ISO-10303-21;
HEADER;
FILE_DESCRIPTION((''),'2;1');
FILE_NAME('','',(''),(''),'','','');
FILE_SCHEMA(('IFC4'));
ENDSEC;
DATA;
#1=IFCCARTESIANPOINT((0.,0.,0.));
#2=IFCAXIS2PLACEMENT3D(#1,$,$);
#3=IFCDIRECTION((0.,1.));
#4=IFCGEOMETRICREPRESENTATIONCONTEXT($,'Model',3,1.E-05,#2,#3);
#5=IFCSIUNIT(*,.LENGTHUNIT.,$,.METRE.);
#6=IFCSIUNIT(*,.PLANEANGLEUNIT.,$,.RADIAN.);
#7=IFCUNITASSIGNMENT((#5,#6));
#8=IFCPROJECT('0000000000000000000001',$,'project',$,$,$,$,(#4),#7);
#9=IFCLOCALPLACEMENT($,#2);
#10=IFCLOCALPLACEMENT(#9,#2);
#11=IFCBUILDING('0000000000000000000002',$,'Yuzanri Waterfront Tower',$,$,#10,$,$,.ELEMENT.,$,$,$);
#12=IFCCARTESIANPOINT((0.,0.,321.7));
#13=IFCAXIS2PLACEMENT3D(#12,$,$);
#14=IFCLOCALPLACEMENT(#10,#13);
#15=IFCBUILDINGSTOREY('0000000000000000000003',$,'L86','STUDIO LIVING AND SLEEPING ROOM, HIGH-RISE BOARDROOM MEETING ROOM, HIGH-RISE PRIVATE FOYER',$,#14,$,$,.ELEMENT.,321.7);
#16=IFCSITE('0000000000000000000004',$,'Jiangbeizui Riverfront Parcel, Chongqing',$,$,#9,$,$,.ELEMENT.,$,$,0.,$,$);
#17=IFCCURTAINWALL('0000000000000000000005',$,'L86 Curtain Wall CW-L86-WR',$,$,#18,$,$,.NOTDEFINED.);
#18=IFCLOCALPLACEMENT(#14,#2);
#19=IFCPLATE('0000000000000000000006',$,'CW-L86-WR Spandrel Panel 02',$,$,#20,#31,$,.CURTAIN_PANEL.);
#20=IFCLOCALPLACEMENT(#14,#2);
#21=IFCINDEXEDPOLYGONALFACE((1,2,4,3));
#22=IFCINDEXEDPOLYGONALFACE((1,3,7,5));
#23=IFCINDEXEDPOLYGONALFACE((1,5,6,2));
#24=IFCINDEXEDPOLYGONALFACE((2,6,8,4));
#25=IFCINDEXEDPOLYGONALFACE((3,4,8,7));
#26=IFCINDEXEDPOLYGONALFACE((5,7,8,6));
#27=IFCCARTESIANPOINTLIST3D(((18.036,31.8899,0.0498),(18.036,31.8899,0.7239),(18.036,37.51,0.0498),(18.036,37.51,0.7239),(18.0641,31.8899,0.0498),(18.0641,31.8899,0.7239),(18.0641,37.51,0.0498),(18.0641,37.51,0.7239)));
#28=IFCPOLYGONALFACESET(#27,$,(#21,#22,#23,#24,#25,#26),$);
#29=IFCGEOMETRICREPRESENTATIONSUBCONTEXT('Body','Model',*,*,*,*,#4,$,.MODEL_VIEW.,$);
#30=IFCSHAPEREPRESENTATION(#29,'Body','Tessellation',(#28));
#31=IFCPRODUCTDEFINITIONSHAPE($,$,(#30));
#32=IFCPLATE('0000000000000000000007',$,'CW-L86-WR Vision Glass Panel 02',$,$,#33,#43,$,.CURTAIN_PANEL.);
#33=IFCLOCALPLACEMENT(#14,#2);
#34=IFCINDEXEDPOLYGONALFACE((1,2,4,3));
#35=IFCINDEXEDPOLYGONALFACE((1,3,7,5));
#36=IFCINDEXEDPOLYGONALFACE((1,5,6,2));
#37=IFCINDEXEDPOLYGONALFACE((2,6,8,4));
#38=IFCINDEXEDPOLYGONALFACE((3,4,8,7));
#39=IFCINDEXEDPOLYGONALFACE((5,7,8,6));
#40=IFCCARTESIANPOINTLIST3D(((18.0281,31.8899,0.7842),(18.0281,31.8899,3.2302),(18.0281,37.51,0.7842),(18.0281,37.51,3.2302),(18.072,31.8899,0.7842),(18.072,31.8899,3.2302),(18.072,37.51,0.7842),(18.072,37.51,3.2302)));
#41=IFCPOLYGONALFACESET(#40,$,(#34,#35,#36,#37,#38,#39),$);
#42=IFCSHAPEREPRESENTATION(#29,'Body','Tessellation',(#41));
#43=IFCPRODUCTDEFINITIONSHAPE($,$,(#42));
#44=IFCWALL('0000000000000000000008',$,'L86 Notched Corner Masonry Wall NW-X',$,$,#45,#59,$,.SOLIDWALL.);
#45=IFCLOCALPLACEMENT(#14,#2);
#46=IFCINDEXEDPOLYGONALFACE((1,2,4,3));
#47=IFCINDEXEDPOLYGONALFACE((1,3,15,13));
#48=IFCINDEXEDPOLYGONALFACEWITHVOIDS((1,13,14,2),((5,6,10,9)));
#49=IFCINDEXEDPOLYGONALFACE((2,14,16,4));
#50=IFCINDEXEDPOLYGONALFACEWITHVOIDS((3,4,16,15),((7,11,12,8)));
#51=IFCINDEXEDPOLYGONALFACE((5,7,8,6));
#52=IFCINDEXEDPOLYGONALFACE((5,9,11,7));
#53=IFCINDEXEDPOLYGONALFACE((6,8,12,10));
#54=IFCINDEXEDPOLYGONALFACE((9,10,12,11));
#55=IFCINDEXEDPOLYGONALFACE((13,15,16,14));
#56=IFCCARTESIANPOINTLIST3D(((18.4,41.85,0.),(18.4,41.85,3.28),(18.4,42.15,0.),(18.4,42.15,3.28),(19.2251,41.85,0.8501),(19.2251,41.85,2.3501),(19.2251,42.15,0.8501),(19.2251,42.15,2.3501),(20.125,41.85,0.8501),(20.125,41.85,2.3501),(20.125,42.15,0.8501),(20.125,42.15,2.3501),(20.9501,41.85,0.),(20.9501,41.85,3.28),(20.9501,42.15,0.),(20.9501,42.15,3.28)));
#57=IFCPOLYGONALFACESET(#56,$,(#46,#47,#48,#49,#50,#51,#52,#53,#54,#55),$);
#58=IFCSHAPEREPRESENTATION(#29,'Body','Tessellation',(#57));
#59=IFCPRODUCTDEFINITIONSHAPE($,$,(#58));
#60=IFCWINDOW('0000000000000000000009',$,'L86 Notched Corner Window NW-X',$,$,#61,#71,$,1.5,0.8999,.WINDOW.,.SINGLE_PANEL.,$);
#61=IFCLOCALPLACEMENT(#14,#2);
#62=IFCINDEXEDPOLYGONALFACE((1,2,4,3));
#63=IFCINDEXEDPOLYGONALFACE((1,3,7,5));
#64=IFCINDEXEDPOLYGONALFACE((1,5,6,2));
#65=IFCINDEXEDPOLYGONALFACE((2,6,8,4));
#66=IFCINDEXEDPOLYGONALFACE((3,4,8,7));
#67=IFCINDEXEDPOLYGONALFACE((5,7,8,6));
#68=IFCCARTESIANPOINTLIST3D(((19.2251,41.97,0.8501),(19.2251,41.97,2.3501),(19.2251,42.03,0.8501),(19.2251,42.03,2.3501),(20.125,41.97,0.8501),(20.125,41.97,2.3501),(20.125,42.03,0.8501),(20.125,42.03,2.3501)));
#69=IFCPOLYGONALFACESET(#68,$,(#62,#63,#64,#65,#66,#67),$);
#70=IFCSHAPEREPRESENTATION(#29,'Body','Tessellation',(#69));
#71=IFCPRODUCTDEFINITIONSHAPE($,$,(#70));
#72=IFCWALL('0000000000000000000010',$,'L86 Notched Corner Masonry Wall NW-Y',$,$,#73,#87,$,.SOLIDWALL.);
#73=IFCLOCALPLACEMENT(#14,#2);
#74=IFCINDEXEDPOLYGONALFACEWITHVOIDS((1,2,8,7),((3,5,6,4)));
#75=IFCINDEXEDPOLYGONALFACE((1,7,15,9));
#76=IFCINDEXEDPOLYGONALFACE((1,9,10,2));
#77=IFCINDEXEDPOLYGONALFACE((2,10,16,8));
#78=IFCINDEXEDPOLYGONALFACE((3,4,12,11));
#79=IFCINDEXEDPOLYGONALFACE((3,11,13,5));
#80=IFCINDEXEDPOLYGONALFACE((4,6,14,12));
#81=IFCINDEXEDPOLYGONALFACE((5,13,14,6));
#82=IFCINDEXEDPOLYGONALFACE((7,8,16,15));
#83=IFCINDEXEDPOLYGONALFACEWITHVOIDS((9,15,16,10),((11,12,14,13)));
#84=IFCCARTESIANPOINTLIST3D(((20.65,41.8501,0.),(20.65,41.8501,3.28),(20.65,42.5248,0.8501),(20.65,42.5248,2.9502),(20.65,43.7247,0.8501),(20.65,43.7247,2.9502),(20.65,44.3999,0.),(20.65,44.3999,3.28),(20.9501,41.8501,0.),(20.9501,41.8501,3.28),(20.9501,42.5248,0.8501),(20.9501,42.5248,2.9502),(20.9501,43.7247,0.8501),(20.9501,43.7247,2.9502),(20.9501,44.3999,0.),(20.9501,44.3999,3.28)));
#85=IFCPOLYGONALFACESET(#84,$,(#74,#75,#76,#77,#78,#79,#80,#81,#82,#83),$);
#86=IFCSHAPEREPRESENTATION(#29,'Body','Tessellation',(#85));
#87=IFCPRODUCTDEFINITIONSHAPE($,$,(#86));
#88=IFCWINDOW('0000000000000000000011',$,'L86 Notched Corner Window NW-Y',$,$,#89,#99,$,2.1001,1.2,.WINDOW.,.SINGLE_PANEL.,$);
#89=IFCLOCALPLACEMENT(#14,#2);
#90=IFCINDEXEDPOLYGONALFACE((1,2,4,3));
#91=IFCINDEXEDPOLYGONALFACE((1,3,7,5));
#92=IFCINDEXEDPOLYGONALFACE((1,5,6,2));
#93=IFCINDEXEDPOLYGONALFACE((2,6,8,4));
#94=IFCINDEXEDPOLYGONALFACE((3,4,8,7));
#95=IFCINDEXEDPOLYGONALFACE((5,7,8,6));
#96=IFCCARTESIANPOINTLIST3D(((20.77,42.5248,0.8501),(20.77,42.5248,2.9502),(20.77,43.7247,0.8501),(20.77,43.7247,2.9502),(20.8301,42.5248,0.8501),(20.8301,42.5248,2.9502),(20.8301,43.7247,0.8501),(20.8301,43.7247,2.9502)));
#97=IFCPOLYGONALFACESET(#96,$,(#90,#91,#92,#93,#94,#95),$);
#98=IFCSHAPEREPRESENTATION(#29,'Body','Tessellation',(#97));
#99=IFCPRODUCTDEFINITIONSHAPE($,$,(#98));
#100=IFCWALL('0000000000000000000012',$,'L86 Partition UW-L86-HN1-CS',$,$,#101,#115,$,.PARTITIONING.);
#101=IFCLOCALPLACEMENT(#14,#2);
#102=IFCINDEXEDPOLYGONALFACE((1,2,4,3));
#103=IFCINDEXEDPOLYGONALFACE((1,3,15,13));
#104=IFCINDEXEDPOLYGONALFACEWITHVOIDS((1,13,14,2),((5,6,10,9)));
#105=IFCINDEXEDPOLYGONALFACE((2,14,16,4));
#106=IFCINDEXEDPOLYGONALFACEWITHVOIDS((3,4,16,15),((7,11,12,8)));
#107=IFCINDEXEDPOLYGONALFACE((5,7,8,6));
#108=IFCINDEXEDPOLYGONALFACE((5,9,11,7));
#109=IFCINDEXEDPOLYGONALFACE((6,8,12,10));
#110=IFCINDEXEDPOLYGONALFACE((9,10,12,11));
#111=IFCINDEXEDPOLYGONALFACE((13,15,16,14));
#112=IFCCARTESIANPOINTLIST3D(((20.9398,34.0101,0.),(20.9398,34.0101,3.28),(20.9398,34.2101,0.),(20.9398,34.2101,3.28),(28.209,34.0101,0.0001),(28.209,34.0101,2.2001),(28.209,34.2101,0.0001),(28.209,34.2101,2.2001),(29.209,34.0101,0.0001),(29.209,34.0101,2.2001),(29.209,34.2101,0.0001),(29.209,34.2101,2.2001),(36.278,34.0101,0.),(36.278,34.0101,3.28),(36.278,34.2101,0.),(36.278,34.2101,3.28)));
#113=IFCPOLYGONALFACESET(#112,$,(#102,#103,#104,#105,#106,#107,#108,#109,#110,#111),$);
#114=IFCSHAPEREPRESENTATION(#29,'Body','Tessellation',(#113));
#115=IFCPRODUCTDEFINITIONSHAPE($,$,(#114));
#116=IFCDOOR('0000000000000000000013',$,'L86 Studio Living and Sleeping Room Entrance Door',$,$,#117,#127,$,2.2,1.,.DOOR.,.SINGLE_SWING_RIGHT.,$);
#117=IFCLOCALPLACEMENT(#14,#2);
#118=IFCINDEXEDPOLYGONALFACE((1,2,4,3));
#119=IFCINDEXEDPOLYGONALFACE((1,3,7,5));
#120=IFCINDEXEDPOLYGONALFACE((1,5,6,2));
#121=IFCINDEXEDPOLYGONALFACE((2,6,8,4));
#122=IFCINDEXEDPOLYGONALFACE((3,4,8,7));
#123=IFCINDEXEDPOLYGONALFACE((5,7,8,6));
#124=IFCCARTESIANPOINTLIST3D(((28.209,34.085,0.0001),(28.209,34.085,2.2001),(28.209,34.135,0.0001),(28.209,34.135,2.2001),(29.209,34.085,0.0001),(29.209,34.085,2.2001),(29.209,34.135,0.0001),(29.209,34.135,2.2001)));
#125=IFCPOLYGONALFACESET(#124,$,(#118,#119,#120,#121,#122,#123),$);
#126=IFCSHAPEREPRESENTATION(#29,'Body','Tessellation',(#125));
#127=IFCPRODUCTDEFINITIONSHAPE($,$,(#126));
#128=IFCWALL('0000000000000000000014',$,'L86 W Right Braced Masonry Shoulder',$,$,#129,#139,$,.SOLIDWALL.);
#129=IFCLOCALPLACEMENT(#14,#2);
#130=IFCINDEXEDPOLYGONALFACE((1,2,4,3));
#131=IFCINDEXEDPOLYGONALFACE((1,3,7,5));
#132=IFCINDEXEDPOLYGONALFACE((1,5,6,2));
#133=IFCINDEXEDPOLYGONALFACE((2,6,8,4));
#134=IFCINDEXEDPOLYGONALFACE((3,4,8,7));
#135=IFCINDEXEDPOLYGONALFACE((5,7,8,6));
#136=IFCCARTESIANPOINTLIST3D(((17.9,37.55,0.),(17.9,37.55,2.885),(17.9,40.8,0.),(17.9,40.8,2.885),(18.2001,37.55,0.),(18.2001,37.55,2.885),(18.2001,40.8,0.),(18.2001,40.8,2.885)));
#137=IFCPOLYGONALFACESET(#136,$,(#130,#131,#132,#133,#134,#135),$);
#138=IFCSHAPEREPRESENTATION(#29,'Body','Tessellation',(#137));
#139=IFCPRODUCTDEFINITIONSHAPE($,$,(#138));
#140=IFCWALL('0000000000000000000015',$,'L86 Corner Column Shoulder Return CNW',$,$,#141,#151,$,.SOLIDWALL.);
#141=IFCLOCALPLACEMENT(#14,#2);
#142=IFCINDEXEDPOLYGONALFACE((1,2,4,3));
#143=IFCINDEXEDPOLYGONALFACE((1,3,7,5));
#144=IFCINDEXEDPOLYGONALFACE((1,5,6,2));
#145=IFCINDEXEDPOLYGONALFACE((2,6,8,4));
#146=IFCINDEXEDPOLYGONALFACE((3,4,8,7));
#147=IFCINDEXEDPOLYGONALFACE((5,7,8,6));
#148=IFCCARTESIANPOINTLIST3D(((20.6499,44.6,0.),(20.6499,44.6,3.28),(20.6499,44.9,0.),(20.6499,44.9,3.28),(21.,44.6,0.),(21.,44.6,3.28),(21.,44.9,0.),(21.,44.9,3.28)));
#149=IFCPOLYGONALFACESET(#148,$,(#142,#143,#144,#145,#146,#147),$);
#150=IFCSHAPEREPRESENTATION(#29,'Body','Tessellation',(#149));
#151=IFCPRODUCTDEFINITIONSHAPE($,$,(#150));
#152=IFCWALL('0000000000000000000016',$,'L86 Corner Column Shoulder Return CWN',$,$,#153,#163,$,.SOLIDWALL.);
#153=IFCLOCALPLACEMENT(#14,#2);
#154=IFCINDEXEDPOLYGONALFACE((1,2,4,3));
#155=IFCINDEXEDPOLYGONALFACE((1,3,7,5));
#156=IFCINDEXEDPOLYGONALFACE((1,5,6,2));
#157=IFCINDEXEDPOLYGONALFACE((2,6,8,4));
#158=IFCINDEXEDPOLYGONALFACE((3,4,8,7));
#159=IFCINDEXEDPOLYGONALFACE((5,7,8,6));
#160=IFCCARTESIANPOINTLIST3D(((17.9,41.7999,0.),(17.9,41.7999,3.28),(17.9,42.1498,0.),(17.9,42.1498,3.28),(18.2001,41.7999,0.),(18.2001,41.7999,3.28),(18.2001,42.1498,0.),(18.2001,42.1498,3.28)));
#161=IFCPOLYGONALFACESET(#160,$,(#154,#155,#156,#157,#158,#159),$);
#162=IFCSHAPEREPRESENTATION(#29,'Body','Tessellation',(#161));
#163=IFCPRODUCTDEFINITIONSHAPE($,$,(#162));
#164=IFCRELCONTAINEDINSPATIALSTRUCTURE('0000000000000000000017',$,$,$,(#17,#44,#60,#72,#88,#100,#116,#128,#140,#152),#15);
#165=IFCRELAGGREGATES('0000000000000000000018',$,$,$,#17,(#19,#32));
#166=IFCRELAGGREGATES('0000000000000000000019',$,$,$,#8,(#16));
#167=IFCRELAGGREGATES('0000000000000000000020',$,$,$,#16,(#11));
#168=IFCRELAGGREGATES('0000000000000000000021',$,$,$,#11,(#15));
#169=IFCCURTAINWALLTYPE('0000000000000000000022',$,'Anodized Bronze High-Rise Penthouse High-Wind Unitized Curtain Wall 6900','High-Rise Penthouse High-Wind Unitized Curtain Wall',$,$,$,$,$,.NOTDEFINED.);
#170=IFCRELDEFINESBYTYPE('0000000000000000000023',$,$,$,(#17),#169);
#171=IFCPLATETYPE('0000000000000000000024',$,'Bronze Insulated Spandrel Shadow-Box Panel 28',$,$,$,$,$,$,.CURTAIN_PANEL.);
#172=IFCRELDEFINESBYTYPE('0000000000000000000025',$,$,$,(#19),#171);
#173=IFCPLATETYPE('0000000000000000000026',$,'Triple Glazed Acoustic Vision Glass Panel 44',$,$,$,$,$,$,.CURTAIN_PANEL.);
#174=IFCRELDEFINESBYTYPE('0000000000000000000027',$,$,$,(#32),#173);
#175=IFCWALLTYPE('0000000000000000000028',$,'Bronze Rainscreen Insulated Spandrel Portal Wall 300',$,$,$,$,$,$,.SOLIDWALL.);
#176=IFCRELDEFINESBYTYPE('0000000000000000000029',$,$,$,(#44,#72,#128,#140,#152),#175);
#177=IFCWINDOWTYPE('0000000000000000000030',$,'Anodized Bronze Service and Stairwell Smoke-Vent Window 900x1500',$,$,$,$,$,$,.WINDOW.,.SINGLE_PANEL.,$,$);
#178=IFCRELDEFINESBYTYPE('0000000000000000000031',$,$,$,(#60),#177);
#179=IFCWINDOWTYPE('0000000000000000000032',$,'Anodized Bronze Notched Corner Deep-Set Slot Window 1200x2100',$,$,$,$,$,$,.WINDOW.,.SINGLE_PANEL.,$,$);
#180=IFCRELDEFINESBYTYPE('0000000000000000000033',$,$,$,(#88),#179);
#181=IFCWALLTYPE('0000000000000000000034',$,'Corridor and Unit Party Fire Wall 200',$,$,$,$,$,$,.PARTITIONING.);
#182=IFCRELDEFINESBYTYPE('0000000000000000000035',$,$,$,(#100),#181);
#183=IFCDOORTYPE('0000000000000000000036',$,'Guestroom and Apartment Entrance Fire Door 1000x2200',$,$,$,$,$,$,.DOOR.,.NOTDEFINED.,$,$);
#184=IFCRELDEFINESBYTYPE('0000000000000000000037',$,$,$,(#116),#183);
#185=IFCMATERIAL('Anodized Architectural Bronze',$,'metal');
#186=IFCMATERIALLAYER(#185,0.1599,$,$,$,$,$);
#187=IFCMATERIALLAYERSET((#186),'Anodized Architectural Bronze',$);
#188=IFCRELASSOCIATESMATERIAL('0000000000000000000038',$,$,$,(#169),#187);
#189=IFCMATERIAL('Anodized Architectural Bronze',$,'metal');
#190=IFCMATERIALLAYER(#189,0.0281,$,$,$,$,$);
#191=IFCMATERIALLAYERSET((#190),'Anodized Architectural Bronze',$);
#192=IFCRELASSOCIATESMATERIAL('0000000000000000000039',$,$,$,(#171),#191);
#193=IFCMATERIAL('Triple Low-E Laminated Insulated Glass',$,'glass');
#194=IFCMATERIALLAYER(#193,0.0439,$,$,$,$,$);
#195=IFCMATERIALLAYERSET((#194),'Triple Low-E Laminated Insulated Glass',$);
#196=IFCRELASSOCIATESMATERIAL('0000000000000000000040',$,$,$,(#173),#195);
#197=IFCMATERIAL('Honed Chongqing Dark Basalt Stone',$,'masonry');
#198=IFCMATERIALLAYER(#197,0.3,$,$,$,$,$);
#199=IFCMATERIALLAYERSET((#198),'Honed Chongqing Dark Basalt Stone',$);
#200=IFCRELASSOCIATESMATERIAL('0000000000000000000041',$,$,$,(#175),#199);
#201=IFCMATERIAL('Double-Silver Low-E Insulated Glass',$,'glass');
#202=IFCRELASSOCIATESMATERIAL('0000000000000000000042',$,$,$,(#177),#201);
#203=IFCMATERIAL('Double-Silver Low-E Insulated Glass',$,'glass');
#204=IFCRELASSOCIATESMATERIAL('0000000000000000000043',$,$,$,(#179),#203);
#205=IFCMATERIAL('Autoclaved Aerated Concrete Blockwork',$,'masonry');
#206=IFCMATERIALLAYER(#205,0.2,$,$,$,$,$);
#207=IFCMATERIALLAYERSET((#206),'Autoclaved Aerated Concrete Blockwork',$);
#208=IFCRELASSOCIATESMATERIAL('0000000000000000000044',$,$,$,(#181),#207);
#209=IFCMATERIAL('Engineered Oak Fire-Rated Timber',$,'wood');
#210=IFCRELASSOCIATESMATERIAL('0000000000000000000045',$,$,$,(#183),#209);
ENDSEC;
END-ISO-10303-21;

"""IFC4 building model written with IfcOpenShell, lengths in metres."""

from ifc_helpers import new_model, si_unit, direction, frame, frame_2d, origin, origin_2d, place, context, subcontext, project, spatial, rectangle, extrude, source, transform, mapped, material, layer, layer_set, type_object, element, fill, aggregate, save


model = new_model("IFC4")

# Units and contexts
model_context = context("Model", 3, precision=1e-05, world=origin(), true_north=direction((0.0, 1.0)))
body_context = subcontext(model_context, "Body", "Model", "MODEL_VIEW")
ifc_project = project(units=[si_unit("LENGTHUNIT", "METRE"), si_unit("PLANEANGLEUNIT", "RADIAN")], contexts=[model_context])

# Site, building, storey
site_placement = place(None, origin())
site = spatial("IfcSite", under=ifc_project, at=site_placement, Name="Jiangbeizui Riverfront Parcel, Chongqing", CompositionType="ELEMENT", RefElevation=0.0)
building_placement = place(site_placement, origin())
building = spatial("IfcBuilding", under=site, at=building_placement, Name="Yuzanri Waterfront Tower", CompositionType="ELEMENT")
storey_placement = place(building_placement, frame((0.0, 0.0, 321.7)))
storey = spatial("IfcBuildingStorey", under=building, at=storey_placement, Name="L86", Description="STUDIO LIVING AND SLEEPING ROOM, HIGH-RISE BOARDROOM MEETING ROOM, HIGH-RISE PRIVATE FOYER", CompositionType="ELEMENT", Elevation=321.7)

# Curtain wall
ifc_material_1 = material(Name="Anodized Architectural Bronze", Category="metal")
ifc_layer_1 = layer(ifc_material_1, 0.1599)
ifc_layer_set_1 = layer_set([ifc_layer_1], Name="Anodized Architectural Bronze")
curtain_wall_type = type_object("IfcCurtainWallType", Name="Anodized Bronze High-Rise Penthouse High-Wind Unitized Curtain Wall 6900", Description="High-Rise Penthouse High-Wind Unitized Curtain Wall", PredefinedType="NOTDEFINED", material=ifc_layer_set_1)
curtain_wall_placement = place(storey_placement, origin())
curtain_wall = element("IfcCurtainWall", 1, at=curtain_wall_placement, inside=storey, type_object=curtain_wall_type, Name="L86 Curtain Wall CW-L86-WR", PredefinedType="NOTDEFINED")

# Plates
ifc_material_2 = material(Name="Anodized Architectural Bronze", Category="metal")
ifc_layer_2 = layer(ifc_material_2, 0.0281)
ifc_layer_set_2 = layer_set([ifc_layer_2], Name="Anodized Architectural Bronze")
plate_type_1 = type_object("IfcPlateType", Name="Bronze Insulated Spandrel Shadow-Box Panel 28", PredefinedType="CURTAIN_PANEL", material=ifc_layer_set_2)
shared_shape_1 = source(origin(), body_context, "Body", "SweptSolid", [
    extrude(rectangle(XDim=5.6201, YDim=0.0281, at=origin_2d()), origin(), (0.0, 0.0, 1.0), 0.6741),
])
plate_1_placement = place(storey_placement, frame((18.05, 34.7, 0.0498), z_axis=(0.0, 0.0, 1.0), x_axis=(0.0, 1.0, 0.0)))
plate_1 = element("IfcPlate", 2, at=plate_1_placement, type_object=plate_type_1, Name="CW-L86-WR Spandrel Panel 02", PredefinedType="CURTAIN_PANEL", context=body_context, shape_type="MappedRepresentation", body=[
    mapped(shared_shape_1, transform((0.0, 0.0, 0.0), scale=1.0)),
])
ifc_material_3 = material(Name="Triple Low-E Laminated Insulated Glass", Category="glass")
ifc_layer_3 = layer(ifc_material_3, 0.0439)
ifc_layer_set_3 = layer_set([ifc_layer_3], Name="Triple Low-E Laminated Insulated Glass")
plate_type_2 = type_object("IfcPlateType", Name="Triple Glazed Acoustic Vision Glass Panel 44", PredefinedType="CURTAIN_PANEL", material=ifc_layer_set_3)
shared_shape_2 = source(origin(), body_context, "Body", "SweptSolid", [
    extrude(rectangle(XDim=5.6201, YDim=0.0439, at=origin_2d()), origin(), (0.0, 0.0, 1.0), 2.446),
])
plate_2_placement = place(storey_placement, frame((18.05, 34.7, 0.7842), z_axis=(0.0, 0.0, 1.0), x_axis=(0.0, 1.0, 0.0)))
plate_2 = element("IfcPlate", 3, at=plate_2_placement, type_object=plate_type_2, Name="CW-L86-WR Vision Glass Panel 02", PredefinedType="CURTAIN_PANEL", context=body_context, shape_type="MappedRepresentation", body=[
    mapped(shared_shape_2, transform((0.0, 0.0, 0.0), scale=1.0)),
])
aggregate(curtain_wall, [plate_1, plate_2])

# Walls, openings, windows
ifc_material_4 = material(Name="Honed Chongqing Dark Basalt Stone", Category="masonry")
ifc_layer_4 = layer(ifc_material_4, 0.3)
ifc_layer_set_4 = layer_set([ifc_layer_4], Name="Honed Chongqing Dark Basalt Stone")
wall_type_1 = type_object("IfcWallType", Name="Bronze Rainscreen Insulated Spandrel Portal Wall 300", PredefinedType="SOLIDWALL", material=ifc_layer_set_4)
wall_1_placement = place(storey_placement, frame((20.95, 42.0, 0.0), z_axis=(0.0, 0.0, 1.0), x_axis=(-1.0, 0.0, 0.0)))
wall_1 = element("IfcWall", 4, at=wall_1_placement, inside=storey, type_object=wall_type_1, Name="L86 Notched Corner Masonry Wall NW-X", PredefinedType="SOLIDWALL", context=body_context, shape_type="SweptSolid", body=[
    extrude(rectangle(XDim=2.55, YDim=0.3, at=frame_2d((1.2749, 0.0))), origin(), (0.0, 0.0, 1.0), 3.28),
])
opening_1_placement = place(wall_1_placement, frame((0.825, 0.0, 0.8501)))
opening_1 = element("IfcOpeningElement", 5, at=opening_1_placement, cuts=wall_1, PredefinedType="OPENING", context=body_context, shape_type="SweptSolid", body=[
    extrude(rectangle(XDim=0.8999, YDim=1.5, at=frame_2d((0.45, 0.75))), frame((0.0, 0.165, 0.0), z_axis=(0.0, -1.0, 0.0), x_axis=(1.0, 0.0, 0.0)), (0.0, 0.0, 1.0), 0.3298),
])
ifc_material_5 = material(Name="Double-Silver Low-E Insulated Glass", Category="glass")
window_type_1 = type_object("IfcWindowType", Name="Anodized Bronze Service and Stairwell Smoke-Vent Window 900x1500", PartitioningType="SINGLE_PANEL", PredefinedType="WINDOW", material=ifc_material_5)
shared_shape_3 = source(origin(), body_context, "Body", "SweptSolid", [
    extrude(rectangle(XDim=0.8999, YDim=1.5, at=frame_2d((0.45, 0.75))), frame((0.0, 0.03, 0.0), z_axis=(0.0, -1.0, 0.0), x_axis=(1.0, 0.0, 0.0)), (0.0, 0.0, 1.0), 0.0601),
])
window_1_placement = place(opening_1_placement, origin())
window_1 = element("IfcWindow", 6, at=window_1_placement, inside=storey, type_object=window_type_1, Name="L86 Notched Corner Window NW-X", OverallHeight=1.5, OverallWidth=0.8999, PartitioningType="SINGLE_PANEL", PredefinedType="WINDOW", context=body_context, shape_type="MappedRepresentation", body=[
    mapped(shared_shape_3, transform((0.0, 0.0, 0.0), scale=1.0)),
])
fill(opening_1, window_1)
wall_2_placement = place(storey_placement, frame((20.8, 44.3999, 0.0), z_axis=(0.0, 0.0, 1.0), x_axis=(0.0, -1.0, 0.0)))
wall_2 = element("IfcWall", 7, at=wall_2_placement, inside=storey, type_object=wall_type_1, Name="L86 Notched Corner Masonry Wall NW-Y", PredefinedType="SOLIDWALL", context=body_context, shape_type="SweptSolid", body=[
    extrude(rectangle(XDim=2.5498, YDim=0.3, at=frame_2d((1.2749, 0.0))), origin(), (0.0, 0.0, 1.0), 3.28),
])
opening_2_placement = place(wall_2_placement, frame((0.675, 0.0, 0.8501)))
opening_2 = element("IfcOpeningElement", 8, at=opening_2_placement, cuts=wall_2, PredefinedType="OPENING", context=body_context, shape_type="SweptSolid", body=[
    extrude(rectangle(XDim=1.2, YDim=2.1001, at=frame_2d((0.6001, 1.05))), frame((0.0, 0.165, 0.0), z_axis=(0.0, -1.0, 0.0), x_axis=(1.0, 0.0, 0.0)), (0.0, 0.0, 1.0), 0.3298),
])
ifc_material_6 = material(Name="Double-Silver Low-E Insulated Glass", Category="glass")
window_type_2 = type_object("IfcWindowType", Name="Anodized Bronze Notched Corner Deep-Set Slot Window 1200x2100", PartitioningType="SINGLE_PANEL", PredefinedType="WINDOW", material=ifc_material_6)
shared_shape_4 = source(origin(), body_context, "Body", "SweptSolid", [
    extrude(rectangle(XDim=1.2, YDim=2.1001, at=frame_2d((0.6001, 1.05))), frame((0.0, 0.03, 0.0), z_axis=(0.0, -1.0, 0.0), x_axis=(1.0, 0.0, 0.0)), (0.0, 0.0, 1.0), 0.0601),
])
window_2_placement = place(opening_2_placement, origin())
window_2 = element("IfcWindow", 9, at=window_2_placement, inside=storey, type_object=window_type_2, Name="L86 Notched Corner Window NW-Y", OverallHeight=2.1001, OverallWidth=1.2, PartitioningType="SINGLE_PANEL", PredefinedType="WINDOW", context=body_context, shape_type="MappedRepresentation", body=[
    mapped(shared_shape_4, transform((0.0, 0.0, 0.0), scale=1.0)),
])
fill(opening_2, window_2)

# Wall, opening, door
ifc_material_7 = material(Name="Autoclaved Aerated Concrete Blockwork", Category="masonry")
ifc_layer_5 = layer(ifc_material_7, 0.2)
ifc_layer_set_5 = layer_set([ifc_layer_5], Name="Autoclaved Aerated Concrete Blockwork")
wall_type_2 = type_object("IfcWallType", Name="Corridor and Unit Party Fire Wall 200", PredefinedType="PARTITIONING", material=ifc_layer_set_5)
wall_3_placement = place(storey_placement, frame((20.9399, 34.1101, 0.0), z_axis=(0.0, 0.0, 1.0), x_axis=(1.0, 0.0, 0.0)))
wall_3 = element("IfcWall", 10, at=wall_3_placement, inside=storey, type_object=wall_type_2, Name="L86 Partition UW-L86-HN1-CS", PredefinedType="PARTITIONING", context=body_context, shape_type="SweptSolid", body=[
    extrude(rectangle(XDim=15.3381, YDim=0.2, at=frame_2d((7.6689, 0.0))), origin(), (0.0, 0.0, 1.0), 3.28),
])
opening_3_placement = place(wall_3_placement, frame((7.269, 0.0, 0.0)))
opening_3 = element("IfcOpeningElement", 11, at=opening_3_placement, cuts=wall_3, PredefinedType="OPENING", context=body_context, shape_type="SweptSolid", body=[
    extrude(rectangle(XDim=1.0, YDim=2.2, at=frame_2d((0.5, 1.1001))), frame((0.0, 0.1147, 0.0), z_axis=(0.0, -1.0, 0.0), x_axis=(1.0, 0.0, 0.0)), (0.0, 0.0, 1.0), 0.2297),
])
ifc_material_8 = material(Name="Engineered Oak Fire-Rated Timber", Category="wood")
door_type = type_object("IfcDoorType", Name="Guestroom and Apartment Entrance Fire Door 1000x2200", OperationType="NOTDEFINED", PredefinedType="DOOR", material=ifc_material_8)
shared_shape_5 = source(origin(), body_context, "Body", "SweptSolid", [
    extrude(rectangle(XDim=1.0, YDim=2.2, at=frame_2d((0.5, 1.1001))), frame((0.0, 0.0249, 0.0), z_axis=(0.0, -1.0, 0.0), x_axis=(1.0, 0.0, 0.0)), (0.0, 0.0, 1.0), 0.05),
])
door_placement = place(opening_3_placement, origin())
door = element("IfcDoor", 12, at=door_placement, inside=storey, type_object=door_type, Name="L86 Studio Living and Sleeping Room Entrance Door", OperationType="SINGLE_SWING_RIGHT", OverallHeight=2.2, OverallWidth=1.0, PredefinedType="DOOR", context=body_context, shape_type="MappedRepresentation", body=[
    mapped(shared_shape_5, transform((0.0, 0.0, 0.0), scale=1.0)),
])
fill(opening_3, door)

# Walls
shared_shape_6 = source(origin(), body_context, "Body", "SweptSolid", [
    extrude(rectangle(XDim=3.25, YDim=0.3, at=frame_2d((1.625, 0.0))), origin(), (0.0, 0.0, 1.0), 2.885),
])
wall_4_placement = place(storey_placement, frame((18.05, 37.55, 0.0), z_axis=(0.0, 0.0, 1.0), x_axis=(0.0, 1.0, 0.0)))
element("IfcWall", 13, at=wall_4_placement, inside=storey, type_object=wall_type_1, Name="L86 W Right Braced Masonry Shoulder", PredefinedType="SOLIDWALL", context=body_context, shape_type="MappedRepresentation", body=[
    mapped(shared_shape_6, transform((0.0, 0.0, 0.0), scale=1.0)),
])
shared_shape_7 = source(origin(), body_context, "Body", "SweptSolid", [
    extrude(rectangle(XDim=0.3501, YDim=0.3, at=frame_2d((0.175, 0.0))), origin(), (0.0, 0.0, 1.0), 3.28),
])
wall_5_placement = place(storey_placement, frame((20.6499, 44.75, 0.0), z_axis=(0.0, 0.0, 1.0), x_axis=(1.0, 0.0, 0.0)))
element("IfcWall", 14, at=wall_5_placement, inside=storey, type_object=wall_type_1, Name="L86 Corner Column Shoulder Return CNW", PredefinedType="SOLIDWALL", context=body_context, shape_type="MappedRepresentation", body=[
    mapped(shared_shape_7, transform((0.0, 0.0, 0.0), scale=1.0)),
])
shared_shape_8 = source(origin(), body_context, "Body", "SweptSolid", [
    extrude(rectangle(XDim=0.3499, YDim=0.3, at=frame_2d((0.1748, 0.0))), origin(), (0.0, 0.0, 1.0), 3.28),
])
wall_6_placement = place(storey_placement, frame((18.05, 41.8, 0.0), z_axis=(0.0, 0.0, 1.0), x_axis=(0.0, 1.0, 0.0)))
element("IfcWall", 15, at=wall_6_placement, inside=storey, type_object=wall_type_1, Name="L86 Corner Column Shoulder Return CWN", PredefinedType="SOLIDWALL", context=body_context, shape_type="MappedRepresentation", body=[
    mapped(shared_shape_8, transform((0.0, 0.0, 0.0), scale=1.0)),
])

save(model, "model.ifc")
